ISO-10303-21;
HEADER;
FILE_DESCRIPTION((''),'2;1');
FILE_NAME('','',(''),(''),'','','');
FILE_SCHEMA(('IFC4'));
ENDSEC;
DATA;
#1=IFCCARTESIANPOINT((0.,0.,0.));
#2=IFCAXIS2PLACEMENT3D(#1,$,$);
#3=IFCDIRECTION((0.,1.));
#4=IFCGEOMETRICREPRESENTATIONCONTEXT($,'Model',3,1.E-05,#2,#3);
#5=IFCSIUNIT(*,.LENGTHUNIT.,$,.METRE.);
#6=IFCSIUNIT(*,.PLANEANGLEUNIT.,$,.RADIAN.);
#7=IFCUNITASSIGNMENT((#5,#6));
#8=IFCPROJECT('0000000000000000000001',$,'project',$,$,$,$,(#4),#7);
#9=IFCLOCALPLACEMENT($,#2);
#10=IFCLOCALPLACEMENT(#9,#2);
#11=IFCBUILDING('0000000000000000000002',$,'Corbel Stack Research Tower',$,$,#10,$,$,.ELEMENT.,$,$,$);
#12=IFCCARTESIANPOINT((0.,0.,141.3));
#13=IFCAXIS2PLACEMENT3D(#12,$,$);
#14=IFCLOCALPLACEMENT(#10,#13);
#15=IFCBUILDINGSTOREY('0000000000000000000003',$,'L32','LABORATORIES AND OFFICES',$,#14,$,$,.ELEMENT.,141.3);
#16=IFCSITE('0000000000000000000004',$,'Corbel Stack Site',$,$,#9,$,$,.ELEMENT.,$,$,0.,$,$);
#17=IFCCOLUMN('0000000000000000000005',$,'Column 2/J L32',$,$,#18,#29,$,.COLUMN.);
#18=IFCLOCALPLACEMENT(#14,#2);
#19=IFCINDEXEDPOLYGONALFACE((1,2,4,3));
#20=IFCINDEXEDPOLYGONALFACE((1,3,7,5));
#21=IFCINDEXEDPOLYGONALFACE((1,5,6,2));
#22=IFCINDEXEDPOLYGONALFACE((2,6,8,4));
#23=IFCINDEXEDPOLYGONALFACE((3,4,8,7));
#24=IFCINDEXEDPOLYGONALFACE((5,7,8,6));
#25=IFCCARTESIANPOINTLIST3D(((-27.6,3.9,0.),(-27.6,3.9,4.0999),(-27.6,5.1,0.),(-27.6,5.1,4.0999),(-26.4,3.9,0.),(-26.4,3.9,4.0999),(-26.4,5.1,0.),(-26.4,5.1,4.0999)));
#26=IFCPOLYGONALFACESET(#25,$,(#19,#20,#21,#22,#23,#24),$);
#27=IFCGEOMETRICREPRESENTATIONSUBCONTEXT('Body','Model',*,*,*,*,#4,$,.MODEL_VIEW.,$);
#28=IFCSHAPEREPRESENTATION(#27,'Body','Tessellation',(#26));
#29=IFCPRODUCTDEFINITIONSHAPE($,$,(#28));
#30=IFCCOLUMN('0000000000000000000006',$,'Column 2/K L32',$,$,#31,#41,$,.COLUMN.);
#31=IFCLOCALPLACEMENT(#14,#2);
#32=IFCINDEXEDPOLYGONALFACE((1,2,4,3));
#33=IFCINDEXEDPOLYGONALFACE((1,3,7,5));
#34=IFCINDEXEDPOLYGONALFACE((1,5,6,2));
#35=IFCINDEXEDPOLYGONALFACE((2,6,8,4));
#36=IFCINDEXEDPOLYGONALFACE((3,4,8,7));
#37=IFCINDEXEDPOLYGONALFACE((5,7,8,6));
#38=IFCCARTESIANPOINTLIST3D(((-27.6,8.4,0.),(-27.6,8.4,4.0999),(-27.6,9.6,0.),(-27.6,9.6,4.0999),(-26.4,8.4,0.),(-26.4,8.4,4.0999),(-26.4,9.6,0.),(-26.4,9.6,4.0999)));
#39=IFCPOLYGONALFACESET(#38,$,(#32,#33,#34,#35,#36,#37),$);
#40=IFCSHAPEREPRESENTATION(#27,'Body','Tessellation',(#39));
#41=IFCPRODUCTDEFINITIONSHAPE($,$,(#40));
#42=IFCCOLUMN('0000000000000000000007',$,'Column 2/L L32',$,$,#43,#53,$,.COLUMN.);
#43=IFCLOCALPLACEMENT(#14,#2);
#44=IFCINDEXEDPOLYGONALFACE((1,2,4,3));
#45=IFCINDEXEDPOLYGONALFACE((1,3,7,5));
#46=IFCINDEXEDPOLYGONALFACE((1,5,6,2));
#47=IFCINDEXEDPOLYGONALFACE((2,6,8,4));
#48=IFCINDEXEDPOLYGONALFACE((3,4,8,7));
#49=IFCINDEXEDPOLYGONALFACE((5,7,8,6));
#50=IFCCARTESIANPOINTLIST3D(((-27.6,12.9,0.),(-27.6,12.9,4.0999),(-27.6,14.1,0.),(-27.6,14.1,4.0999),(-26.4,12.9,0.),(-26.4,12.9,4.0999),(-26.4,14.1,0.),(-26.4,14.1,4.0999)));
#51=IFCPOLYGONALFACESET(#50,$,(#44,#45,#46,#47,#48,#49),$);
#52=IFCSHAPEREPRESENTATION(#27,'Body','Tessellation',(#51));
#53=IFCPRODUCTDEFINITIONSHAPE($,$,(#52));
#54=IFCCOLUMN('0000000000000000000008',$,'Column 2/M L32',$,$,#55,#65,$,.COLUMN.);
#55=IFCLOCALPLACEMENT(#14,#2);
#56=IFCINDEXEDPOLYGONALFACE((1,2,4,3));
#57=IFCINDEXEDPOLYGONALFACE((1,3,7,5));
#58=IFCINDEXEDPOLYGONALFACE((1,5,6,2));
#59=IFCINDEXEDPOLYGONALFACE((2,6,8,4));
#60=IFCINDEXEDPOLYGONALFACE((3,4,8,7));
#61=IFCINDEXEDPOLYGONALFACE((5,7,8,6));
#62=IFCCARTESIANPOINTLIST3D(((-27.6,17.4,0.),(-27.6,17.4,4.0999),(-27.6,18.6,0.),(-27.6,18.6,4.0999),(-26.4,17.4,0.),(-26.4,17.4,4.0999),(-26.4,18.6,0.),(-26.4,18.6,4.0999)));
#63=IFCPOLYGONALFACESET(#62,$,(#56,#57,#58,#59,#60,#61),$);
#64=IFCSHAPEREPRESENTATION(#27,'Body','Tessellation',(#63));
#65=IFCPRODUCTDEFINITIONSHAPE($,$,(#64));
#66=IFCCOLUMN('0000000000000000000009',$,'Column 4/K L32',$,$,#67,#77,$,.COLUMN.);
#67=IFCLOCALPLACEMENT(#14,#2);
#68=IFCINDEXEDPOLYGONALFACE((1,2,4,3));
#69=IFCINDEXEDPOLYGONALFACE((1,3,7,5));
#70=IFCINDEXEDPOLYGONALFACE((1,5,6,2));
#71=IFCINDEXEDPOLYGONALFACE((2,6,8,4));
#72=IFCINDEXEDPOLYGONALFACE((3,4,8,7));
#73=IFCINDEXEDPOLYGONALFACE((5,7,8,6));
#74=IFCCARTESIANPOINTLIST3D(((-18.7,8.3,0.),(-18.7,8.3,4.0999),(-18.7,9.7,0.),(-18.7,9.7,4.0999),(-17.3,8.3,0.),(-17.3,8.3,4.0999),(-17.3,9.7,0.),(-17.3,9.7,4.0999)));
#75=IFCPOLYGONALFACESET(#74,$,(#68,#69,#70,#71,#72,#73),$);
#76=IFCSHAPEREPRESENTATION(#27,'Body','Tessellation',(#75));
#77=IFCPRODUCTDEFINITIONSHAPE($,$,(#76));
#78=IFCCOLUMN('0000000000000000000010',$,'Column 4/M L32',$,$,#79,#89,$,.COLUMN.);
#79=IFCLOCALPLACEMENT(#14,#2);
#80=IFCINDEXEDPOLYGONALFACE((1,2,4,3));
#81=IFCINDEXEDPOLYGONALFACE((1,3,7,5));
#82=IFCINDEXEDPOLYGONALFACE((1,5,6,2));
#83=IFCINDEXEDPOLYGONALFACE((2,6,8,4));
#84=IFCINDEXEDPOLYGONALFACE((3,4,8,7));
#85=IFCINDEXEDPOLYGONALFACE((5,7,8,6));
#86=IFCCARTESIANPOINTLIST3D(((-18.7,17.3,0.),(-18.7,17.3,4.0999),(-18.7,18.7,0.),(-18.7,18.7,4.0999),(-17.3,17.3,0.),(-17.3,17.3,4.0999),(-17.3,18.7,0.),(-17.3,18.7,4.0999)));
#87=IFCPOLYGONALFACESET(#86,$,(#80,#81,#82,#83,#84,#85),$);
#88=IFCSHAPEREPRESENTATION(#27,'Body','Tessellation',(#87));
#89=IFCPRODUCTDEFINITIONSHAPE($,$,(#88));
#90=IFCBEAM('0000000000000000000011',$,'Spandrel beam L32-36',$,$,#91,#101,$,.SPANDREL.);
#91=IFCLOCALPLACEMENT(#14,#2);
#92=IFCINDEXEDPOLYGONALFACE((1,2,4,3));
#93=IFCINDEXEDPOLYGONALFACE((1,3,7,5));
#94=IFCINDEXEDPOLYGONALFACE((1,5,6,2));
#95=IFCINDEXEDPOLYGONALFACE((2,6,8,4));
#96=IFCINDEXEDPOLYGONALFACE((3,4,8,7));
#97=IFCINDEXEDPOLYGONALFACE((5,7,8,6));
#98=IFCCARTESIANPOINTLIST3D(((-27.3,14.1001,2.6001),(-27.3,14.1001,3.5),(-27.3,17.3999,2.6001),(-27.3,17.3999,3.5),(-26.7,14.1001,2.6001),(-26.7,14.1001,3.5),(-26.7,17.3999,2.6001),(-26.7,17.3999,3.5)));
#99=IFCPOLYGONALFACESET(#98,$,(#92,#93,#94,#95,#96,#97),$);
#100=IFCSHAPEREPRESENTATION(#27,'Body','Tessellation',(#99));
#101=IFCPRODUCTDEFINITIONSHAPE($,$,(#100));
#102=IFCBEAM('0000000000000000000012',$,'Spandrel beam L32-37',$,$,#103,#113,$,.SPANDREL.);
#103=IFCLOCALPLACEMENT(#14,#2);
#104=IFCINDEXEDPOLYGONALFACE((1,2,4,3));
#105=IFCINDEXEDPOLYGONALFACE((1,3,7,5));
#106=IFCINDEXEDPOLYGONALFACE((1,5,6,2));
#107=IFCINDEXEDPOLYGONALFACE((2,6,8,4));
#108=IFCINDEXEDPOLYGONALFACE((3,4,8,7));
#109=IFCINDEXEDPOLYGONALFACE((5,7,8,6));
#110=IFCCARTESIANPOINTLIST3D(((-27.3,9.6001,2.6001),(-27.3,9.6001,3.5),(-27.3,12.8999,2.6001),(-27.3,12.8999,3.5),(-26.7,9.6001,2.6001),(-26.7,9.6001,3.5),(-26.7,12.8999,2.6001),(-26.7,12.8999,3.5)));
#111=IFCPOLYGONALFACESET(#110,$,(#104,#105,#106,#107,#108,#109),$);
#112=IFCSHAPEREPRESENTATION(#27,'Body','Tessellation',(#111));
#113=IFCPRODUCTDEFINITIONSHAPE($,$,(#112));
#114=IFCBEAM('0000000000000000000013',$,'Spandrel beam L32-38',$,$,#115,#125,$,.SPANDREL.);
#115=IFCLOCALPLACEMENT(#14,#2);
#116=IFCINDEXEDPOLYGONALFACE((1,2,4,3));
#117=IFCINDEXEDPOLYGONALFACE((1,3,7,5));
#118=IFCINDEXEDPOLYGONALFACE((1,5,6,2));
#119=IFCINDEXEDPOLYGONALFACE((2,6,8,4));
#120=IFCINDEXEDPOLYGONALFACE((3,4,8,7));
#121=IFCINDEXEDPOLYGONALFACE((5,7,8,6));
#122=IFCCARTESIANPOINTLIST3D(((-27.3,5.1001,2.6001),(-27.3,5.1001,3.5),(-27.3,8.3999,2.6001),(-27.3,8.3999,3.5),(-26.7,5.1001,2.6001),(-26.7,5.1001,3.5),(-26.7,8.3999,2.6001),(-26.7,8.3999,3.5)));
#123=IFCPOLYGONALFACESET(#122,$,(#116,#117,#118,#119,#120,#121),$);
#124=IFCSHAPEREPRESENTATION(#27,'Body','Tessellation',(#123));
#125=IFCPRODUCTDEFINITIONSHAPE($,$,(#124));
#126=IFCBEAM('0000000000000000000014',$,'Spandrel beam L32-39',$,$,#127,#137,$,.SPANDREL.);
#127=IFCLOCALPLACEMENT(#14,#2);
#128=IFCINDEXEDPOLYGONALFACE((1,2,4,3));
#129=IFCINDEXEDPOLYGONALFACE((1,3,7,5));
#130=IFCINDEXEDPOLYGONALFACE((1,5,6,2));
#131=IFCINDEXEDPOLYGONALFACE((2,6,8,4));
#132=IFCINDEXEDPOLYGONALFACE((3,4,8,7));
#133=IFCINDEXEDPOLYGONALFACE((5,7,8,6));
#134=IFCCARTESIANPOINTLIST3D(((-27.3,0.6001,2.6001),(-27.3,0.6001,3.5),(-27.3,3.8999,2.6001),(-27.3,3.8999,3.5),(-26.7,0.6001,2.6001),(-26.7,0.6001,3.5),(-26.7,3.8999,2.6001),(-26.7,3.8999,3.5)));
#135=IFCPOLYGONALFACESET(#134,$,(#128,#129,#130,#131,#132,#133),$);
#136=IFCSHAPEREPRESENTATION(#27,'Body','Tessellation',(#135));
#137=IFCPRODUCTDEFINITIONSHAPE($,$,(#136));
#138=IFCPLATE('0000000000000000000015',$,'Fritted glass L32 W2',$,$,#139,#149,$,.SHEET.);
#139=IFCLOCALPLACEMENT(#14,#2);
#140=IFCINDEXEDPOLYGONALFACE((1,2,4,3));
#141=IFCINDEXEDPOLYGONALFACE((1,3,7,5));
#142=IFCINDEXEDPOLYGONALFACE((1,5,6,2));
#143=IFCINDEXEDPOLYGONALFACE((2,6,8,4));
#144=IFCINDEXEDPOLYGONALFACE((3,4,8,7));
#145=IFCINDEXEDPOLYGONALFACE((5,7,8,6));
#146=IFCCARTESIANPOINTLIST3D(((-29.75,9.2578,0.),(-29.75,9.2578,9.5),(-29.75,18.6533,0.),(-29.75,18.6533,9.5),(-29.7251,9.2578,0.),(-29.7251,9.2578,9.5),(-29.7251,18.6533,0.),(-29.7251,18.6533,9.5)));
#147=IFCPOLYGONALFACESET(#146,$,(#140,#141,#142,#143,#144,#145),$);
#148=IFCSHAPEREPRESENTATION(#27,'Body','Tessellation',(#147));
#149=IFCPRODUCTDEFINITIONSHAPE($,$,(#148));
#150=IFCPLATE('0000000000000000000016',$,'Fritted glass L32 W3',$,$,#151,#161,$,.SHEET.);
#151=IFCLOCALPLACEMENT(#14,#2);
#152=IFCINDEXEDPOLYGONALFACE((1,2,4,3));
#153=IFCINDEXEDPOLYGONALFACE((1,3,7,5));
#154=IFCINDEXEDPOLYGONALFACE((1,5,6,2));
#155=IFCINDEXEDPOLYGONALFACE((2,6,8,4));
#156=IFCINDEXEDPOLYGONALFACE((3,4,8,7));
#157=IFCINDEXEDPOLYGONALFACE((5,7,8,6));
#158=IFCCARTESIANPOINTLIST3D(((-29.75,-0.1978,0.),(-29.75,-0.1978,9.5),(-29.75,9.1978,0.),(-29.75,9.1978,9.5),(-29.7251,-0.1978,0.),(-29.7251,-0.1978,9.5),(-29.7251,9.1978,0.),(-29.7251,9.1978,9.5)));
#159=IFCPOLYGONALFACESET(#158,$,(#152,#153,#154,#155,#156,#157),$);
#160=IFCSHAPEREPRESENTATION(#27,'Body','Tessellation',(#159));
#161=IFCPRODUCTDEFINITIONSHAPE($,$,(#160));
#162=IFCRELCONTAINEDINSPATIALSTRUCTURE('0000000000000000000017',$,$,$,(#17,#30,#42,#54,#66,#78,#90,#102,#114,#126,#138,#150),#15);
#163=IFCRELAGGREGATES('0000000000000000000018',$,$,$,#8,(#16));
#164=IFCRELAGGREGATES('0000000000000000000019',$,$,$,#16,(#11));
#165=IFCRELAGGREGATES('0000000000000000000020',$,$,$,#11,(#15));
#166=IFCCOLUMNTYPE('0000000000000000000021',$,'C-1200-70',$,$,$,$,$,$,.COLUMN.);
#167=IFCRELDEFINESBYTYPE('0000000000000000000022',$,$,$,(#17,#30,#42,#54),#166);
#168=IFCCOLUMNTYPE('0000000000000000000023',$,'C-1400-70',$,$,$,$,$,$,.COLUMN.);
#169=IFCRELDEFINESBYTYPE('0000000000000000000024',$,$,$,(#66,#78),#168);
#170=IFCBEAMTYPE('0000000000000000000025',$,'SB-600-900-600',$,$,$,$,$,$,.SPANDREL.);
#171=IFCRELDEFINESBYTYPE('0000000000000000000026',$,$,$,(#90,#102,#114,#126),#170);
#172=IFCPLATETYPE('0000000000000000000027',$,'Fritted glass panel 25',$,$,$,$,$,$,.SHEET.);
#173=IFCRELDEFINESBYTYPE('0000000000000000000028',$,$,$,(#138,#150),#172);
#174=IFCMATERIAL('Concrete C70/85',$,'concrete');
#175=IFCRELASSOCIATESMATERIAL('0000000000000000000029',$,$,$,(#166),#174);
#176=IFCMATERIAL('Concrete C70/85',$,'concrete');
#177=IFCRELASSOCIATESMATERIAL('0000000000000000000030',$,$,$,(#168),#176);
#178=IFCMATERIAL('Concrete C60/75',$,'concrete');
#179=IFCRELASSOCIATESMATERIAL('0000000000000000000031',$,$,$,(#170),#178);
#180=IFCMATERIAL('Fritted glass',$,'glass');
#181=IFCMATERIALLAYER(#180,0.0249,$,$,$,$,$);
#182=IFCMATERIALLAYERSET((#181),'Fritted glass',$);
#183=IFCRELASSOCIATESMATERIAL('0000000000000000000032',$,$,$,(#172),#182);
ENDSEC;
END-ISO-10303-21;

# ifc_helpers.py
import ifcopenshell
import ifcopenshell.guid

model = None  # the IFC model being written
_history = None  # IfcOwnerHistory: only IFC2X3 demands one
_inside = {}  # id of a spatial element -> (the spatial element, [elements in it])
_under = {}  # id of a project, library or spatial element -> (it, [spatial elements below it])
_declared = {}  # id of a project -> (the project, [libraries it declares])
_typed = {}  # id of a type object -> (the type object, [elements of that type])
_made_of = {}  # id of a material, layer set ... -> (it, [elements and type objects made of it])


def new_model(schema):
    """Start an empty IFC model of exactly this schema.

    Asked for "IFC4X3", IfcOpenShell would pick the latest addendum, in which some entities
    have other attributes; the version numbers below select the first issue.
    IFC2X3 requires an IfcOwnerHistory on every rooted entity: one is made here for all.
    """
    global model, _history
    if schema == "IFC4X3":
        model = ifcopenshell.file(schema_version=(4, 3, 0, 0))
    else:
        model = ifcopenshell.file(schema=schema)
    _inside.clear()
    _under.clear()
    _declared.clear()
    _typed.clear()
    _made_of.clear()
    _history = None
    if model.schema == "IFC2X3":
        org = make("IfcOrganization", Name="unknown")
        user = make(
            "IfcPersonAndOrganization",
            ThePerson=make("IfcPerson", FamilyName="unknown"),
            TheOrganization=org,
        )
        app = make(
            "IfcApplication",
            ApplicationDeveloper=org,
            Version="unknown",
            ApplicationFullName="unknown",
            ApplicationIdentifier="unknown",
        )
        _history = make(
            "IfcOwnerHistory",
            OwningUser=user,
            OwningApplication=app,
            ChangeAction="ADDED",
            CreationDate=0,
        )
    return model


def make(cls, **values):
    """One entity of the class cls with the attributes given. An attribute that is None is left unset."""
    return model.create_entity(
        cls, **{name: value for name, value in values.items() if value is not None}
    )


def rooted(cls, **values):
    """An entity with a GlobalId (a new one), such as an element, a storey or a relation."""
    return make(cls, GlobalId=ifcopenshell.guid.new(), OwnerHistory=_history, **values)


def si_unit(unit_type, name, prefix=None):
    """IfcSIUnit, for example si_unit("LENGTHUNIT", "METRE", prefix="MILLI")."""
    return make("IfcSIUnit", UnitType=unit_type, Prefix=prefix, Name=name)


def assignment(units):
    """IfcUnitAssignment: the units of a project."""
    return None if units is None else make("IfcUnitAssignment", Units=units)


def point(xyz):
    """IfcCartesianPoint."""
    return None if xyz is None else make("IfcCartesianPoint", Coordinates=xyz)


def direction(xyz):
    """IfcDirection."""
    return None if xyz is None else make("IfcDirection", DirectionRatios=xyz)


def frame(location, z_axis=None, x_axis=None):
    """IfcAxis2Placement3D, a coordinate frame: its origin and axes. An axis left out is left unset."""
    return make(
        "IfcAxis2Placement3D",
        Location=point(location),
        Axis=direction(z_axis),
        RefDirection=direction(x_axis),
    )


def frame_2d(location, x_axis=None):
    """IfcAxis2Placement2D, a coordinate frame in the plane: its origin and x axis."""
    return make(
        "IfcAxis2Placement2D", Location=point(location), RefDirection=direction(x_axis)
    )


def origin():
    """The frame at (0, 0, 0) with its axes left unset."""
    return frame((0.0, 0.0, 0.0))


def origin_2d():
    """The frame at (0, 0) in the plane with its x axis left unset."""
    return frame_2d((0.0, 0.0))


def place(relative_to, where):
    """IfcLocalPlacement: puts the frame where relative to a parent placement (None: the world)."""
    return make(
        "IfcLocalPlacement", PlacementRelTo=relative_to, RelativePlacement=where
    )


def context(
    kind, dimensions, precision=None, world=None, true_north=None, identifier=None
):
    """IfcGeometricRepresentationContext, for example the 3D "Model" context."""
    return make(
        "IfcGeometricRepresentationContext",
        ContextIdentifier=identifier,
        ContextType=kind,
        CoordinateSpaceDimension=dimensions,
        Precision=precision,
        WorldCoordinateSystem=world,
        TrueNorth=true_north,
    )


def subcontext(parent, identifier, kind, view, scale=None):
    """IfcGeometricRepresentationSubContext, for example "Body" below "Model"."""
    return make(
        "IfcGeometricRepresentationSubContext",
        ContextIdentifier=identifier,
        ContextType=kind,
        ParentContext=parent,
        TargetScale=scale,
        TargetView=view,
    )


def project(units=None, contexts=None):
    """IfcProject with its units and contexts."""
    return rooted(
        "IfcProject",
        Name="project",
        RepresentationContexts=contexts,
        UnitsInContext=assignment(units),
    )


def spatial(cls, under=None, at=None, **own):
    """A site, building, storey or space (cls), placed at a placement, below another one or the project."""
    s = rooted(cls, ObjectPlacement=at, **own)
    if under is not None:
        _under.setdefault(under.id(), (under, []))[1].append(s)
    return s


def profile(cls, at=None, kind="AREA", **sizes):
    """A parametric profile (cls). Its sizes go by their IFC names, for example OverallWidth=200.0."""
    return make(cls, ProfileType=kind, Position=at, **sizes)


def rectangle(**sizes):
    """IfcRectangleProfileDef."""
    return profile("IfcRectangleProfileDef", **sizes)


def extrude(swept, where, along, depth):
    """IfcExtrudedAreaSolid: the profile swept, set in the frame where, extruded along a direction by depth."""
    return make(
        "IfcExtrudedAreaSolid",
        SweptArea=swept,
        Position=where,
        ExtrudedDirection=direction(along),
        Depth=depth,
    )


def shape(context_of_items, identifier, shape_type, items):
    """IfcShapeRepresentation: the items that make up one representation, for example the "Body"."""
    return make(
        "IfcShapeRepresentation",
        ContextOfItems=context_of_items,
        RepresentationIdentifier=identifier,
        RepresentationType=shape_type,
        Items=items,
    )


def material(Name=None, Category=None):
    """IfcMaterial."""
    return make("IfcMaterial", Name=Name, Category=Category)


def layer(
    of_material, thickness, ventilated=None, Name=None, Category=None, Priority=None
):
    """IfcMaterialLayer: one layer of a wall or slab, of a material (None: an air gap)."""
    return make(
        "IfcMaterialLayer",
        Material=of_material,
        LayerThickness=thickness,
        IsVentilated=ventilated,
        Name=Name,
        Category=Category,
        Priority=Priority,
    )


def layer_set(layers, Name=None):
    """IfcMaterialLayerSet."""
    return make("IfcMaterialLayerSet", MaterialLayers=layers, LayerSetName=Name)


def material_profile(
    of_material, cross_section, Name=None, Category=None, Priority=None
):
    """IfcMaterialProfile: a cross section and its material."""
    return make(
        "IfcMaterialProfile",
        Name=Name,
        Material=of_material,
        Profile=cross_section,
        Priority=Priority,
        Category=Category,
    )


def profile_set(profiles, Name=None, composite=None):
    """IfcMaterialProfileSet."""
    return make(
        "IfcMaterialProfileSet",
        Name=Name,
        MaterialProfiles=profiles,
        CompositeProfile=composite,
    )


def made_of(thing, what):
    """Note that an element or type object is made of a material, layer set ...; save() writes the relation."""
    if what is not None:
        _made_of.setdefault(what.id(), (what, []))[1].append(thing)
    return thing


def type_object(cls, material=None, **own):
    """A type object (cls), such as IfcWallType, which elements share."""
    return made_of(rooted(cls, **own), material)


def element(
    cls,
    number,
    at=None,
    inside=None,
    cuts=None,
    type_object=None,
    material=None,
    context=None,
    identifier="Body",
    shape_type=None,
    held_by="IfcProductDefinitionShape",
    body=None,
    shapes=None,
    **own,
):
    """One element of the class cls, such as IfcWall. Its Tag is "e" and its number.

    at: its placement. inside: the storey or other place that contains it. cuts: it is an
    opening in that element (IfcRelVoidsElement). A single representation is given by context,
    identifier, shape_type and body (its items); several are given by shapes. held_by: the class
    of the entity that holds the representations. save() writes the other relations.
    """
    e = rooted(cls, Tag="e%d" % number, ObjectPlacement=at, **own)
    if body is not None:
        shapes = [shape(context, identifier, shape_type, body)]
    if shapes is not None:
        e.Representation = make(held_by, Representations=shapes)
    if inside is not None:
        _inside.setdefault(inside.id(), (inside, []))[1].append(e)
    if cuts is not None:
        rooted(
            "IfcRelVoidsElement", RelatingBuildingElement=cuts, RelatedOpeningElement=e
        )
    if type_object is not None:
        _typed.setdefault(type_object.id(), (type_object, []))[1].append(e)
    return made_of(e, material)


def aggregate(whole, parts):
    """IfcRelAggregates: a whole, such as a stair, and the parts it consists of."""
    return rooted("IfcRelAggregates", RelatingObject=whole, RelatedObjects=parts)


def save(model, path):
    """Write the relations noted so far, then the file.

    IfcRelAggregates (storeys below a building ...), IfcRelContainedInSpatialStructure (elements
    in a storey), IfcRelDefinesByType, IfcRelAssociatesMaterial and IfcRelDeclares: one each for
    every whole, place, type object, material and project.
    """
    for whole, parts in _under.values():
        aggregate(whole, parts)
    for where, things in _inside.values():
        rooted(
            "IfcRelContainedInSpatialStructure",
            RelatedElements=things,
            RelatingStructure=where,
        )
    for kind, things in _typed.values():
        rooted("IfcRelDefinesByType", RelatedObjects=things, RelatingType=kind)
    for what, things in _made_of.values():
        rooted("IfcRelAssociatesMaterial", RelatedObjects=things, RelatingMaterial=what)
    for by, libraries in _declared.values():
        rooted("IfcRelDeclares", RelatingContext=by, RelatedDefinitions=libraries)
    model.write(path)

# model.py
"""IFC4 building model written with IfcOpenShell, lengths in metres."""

from ifc_helpers import new_model, si_unit, direction, frame, origin, origin_2d, place, context, subcontext, project, spatial, rectangle, extrude, material, layer, layer_set, material_profile, profile_set, type_object, element, save


model = new_model("IFC4")

# Units and contexts
model_context = context("Model", 3, precision=1e-05, world=origin(), true_north=direction((0.0, 1.0)))
body_context = subcontext(model_context, "Body", "Model", "MODEL_VIEW")
ifc_project = project(units=[si_unit("LENGTHUNIT", "METRE"), si_unit("PLANEANGLEUNIT", "RADIAN")], contexts=[model_context])

# Site, building, storey
site_placement = place(None, origin())
site = spatial("IfcSite", under=ifc_project, at=site_placement, Name="Corbel Stack Site", CompositionType="ELEMENT", RefElevation=0.0)
building_placement = place(site_placement, origin())
building = spatial("IfcBuilding", under=site, at=building_placement, Name="Corbel Stack Research Tower", CompositionType="ELEMENT")
storey_placement = place(building_placement, frame((0.0, 0.0, 141.3)))
storey = spatial("IfcBuildingStorey", under=building, at=storey_placement, Name="L32", Description="LABORATORIES AND OFFICES", CompositionType="ELEMENT", Elevation=141.3)

# Columns
ifc_material_1 = material(Name="Concrete C70/85", Category="concrete")
ifc_material_profile_1 = material_profile(ifc_material_1, rectangle(XDim=1.2, YDim=1.2, at=origin_2d()), Name="RC 1200 x 1200")
ifc_profile_set_1 = profile_set([ifc_material_profile_1], Name="Concrete C70/85")
column_type_1 = type_object("IfcColumnType", Name="C-1200-70", PredefinedType="COLUMN", material=ifc_profile_set_1)
for number, where, z_axis, x_axis, name in (
    (1, (-27.0, 4.5, 0.0), (0.0, 0.0, 1.0), (1.0, 0.0, 0.0), "Column 2/J L32"),
    (2, (-27.0, 9.0, 0.0), (0.0, 0.0, 1.0), (1.0, 0.0, 0.0), "Column 2/K L32"),
    (3, (-27.0, 13.5, 0.0), (0.0, 0.0, 1.0), (1.0, 0.0, 0.0), "Column 2/L L32"),
    (4, (-27.0, 18.0, 0.0), (0.0, 0.0, 1.0), (1.0, 0.0, 0.0), "Column 2/M L32"),
):
    element("IfcColumn", number, at=place(storey_placement, frame(where, z_axis=z_axis, x_axis=x_axis)), inside=storey, type_object=column_type_1, Name=name, PredefinedType="COLUMN", context=body_context, shape_type="SweptSolid", body=[
        extrude(rectangle(XDim=1.2, YDim=1.2, at=origin_2d()), origin(), (0.0, 0.0, 1.0), 4.0999),
    ])
ifc_material_2 = material(Name="Concrete C70/85", Category="concrete")
ifc_material_profile_2 = material_profile(ifc_material_2, rectangle(XDim=1.3999, YDim=1.3999, at=origin_2d()), Name="RC 1400 x 1400")
ifc_profile_set_2 = profile_set([ifc_material_profile_2], Name="Concrete C70/85")
column_type_2 = type_object("IfcColumnType", Name="C-1400-70", PredefinedType="COLUMN", material=ifc_profile_set_2)
for number, where, z_axis, x_axis, name in (
    (5, (-18.0, 9.0, 0.0), (0.0, 0.0, 1.0), (1.0, 0.0, 0.0), "Column 4/K L32"),
    (6, (-18.0, 18.0, 0.0), (0.0, 0.0, 1.0), (1.0, 0.0, 0.0), "Column 4/M L32"),
):
    element("IfcColumn", number, at=place(storey_placement, frame(where, z_axis=z_axis, x_axis=x_axis)), inside=storey, type_object=column_type_2, Name=name, PredefinedType="COLUMN", context=body_context, shape_type="SweptSolid", body=[
        extrude(rectangle(XDim=1.3999, YDim=1.3999, at=origin_2d()), origin(), (0.0, 0.0, 1.0), 4.0999),
    ])

# Beams
ifc_material_3 = material(Name="Concrete C60/75", Category="concrete")
ifc_material_profile_3 = material_profile(ifc_material_3, rectangle(XDim=0.6001, YDim=0.8999, at=origin_2d()), Name="RC 600 x 900")
ifc_profile_set_3 = profile_set([ifc_material_profile_3], Name="Concrete C60/75")
beam_type = type_object("IfcBeamType", Name="SB-600-900-600", PredefinedType="SPANDREL", material=ifc_profile_set_3)
for number, where, z_axis, x_axis, name in (
    (7, (-27.0, 17.3999, 3.05), (0.0, -1.0, 0.0), (1.0, 0.0, 0.0), "Spandrel beam L32-36"),
    (8, (-27.0, 12.8999, 3.05), (0.0, -1.0, 0.0), (1.0, 0.0, 0.0), "Spandrel beam L32-37"),
    (9, (-27.0, 8.3999, 3.05), (0.0, -1.0, 0.0), (1.0, 0.0, 0.0), "Spandrel beam L32-38"),
    (10, (-27.0, 3.8999, 3.05), (0.0, -1.0, 0.0), (1.0, 0.0, 0.0), "Spandrel beam L32-39"),
):
    element("IfcBeam", number, at=place(storey_placement, frame(where, z_axis=z_axis, x_axis=x_axis)), inside=storey, type_object=beam_type, Name=name, PredefinedType="SPANDREL", context=body_context, shape_type="SweptSolid", body=[
        extrude(rectangle(XDim=0.6001, YDim=0.8999, at=origin_2d()), origin(), (0.0, 0.0, 1.0), 3.2998),
    ])

# Plates
ifc_material_4 = material(Name="Fritted glass", Category="glass")
ifc_layer_1 = layer(ifc_material_4, 0.0249)
ifc_layer_set_1 = layer_set([ifc_layer_1], Name="Fritted glass")
plate_type = type_object("IfcPlateType", Name="Fritted glass panel 25", PredefinedType="SHEET", material=ifc_layer_set_1)
for number, where, z_axis, x_axis, name in (
    (11, (-29.7375, 13.9556, 0.0), (0.0, 0.0, 1.0), (0.0, -1.0, 0.0), "Fritted glass L32 W2"),
    (12, (-29.7375, 4.5, 0.0), (0.0, 0.0, 1.0), (0.0, -1.0, 0.0), "Fritted glass L32 W3"),
):
    element("IfcPlate", number, at=place(storey_placement, frame(where, z_axis=z_axis, x_axis=x_axis)), inside=storey, type_object=plate_type, Name=name, PredefinedType="SHEET", context=body_context, shape_type="SweptSolid", body=[
        extrude(rectangle(XDim=9.3955, YDim=0.0249, at=origin_2d()), origin(), (0.0, 0.0, 1.0), 9.5),
    ])

save(model, "model.ifc")
